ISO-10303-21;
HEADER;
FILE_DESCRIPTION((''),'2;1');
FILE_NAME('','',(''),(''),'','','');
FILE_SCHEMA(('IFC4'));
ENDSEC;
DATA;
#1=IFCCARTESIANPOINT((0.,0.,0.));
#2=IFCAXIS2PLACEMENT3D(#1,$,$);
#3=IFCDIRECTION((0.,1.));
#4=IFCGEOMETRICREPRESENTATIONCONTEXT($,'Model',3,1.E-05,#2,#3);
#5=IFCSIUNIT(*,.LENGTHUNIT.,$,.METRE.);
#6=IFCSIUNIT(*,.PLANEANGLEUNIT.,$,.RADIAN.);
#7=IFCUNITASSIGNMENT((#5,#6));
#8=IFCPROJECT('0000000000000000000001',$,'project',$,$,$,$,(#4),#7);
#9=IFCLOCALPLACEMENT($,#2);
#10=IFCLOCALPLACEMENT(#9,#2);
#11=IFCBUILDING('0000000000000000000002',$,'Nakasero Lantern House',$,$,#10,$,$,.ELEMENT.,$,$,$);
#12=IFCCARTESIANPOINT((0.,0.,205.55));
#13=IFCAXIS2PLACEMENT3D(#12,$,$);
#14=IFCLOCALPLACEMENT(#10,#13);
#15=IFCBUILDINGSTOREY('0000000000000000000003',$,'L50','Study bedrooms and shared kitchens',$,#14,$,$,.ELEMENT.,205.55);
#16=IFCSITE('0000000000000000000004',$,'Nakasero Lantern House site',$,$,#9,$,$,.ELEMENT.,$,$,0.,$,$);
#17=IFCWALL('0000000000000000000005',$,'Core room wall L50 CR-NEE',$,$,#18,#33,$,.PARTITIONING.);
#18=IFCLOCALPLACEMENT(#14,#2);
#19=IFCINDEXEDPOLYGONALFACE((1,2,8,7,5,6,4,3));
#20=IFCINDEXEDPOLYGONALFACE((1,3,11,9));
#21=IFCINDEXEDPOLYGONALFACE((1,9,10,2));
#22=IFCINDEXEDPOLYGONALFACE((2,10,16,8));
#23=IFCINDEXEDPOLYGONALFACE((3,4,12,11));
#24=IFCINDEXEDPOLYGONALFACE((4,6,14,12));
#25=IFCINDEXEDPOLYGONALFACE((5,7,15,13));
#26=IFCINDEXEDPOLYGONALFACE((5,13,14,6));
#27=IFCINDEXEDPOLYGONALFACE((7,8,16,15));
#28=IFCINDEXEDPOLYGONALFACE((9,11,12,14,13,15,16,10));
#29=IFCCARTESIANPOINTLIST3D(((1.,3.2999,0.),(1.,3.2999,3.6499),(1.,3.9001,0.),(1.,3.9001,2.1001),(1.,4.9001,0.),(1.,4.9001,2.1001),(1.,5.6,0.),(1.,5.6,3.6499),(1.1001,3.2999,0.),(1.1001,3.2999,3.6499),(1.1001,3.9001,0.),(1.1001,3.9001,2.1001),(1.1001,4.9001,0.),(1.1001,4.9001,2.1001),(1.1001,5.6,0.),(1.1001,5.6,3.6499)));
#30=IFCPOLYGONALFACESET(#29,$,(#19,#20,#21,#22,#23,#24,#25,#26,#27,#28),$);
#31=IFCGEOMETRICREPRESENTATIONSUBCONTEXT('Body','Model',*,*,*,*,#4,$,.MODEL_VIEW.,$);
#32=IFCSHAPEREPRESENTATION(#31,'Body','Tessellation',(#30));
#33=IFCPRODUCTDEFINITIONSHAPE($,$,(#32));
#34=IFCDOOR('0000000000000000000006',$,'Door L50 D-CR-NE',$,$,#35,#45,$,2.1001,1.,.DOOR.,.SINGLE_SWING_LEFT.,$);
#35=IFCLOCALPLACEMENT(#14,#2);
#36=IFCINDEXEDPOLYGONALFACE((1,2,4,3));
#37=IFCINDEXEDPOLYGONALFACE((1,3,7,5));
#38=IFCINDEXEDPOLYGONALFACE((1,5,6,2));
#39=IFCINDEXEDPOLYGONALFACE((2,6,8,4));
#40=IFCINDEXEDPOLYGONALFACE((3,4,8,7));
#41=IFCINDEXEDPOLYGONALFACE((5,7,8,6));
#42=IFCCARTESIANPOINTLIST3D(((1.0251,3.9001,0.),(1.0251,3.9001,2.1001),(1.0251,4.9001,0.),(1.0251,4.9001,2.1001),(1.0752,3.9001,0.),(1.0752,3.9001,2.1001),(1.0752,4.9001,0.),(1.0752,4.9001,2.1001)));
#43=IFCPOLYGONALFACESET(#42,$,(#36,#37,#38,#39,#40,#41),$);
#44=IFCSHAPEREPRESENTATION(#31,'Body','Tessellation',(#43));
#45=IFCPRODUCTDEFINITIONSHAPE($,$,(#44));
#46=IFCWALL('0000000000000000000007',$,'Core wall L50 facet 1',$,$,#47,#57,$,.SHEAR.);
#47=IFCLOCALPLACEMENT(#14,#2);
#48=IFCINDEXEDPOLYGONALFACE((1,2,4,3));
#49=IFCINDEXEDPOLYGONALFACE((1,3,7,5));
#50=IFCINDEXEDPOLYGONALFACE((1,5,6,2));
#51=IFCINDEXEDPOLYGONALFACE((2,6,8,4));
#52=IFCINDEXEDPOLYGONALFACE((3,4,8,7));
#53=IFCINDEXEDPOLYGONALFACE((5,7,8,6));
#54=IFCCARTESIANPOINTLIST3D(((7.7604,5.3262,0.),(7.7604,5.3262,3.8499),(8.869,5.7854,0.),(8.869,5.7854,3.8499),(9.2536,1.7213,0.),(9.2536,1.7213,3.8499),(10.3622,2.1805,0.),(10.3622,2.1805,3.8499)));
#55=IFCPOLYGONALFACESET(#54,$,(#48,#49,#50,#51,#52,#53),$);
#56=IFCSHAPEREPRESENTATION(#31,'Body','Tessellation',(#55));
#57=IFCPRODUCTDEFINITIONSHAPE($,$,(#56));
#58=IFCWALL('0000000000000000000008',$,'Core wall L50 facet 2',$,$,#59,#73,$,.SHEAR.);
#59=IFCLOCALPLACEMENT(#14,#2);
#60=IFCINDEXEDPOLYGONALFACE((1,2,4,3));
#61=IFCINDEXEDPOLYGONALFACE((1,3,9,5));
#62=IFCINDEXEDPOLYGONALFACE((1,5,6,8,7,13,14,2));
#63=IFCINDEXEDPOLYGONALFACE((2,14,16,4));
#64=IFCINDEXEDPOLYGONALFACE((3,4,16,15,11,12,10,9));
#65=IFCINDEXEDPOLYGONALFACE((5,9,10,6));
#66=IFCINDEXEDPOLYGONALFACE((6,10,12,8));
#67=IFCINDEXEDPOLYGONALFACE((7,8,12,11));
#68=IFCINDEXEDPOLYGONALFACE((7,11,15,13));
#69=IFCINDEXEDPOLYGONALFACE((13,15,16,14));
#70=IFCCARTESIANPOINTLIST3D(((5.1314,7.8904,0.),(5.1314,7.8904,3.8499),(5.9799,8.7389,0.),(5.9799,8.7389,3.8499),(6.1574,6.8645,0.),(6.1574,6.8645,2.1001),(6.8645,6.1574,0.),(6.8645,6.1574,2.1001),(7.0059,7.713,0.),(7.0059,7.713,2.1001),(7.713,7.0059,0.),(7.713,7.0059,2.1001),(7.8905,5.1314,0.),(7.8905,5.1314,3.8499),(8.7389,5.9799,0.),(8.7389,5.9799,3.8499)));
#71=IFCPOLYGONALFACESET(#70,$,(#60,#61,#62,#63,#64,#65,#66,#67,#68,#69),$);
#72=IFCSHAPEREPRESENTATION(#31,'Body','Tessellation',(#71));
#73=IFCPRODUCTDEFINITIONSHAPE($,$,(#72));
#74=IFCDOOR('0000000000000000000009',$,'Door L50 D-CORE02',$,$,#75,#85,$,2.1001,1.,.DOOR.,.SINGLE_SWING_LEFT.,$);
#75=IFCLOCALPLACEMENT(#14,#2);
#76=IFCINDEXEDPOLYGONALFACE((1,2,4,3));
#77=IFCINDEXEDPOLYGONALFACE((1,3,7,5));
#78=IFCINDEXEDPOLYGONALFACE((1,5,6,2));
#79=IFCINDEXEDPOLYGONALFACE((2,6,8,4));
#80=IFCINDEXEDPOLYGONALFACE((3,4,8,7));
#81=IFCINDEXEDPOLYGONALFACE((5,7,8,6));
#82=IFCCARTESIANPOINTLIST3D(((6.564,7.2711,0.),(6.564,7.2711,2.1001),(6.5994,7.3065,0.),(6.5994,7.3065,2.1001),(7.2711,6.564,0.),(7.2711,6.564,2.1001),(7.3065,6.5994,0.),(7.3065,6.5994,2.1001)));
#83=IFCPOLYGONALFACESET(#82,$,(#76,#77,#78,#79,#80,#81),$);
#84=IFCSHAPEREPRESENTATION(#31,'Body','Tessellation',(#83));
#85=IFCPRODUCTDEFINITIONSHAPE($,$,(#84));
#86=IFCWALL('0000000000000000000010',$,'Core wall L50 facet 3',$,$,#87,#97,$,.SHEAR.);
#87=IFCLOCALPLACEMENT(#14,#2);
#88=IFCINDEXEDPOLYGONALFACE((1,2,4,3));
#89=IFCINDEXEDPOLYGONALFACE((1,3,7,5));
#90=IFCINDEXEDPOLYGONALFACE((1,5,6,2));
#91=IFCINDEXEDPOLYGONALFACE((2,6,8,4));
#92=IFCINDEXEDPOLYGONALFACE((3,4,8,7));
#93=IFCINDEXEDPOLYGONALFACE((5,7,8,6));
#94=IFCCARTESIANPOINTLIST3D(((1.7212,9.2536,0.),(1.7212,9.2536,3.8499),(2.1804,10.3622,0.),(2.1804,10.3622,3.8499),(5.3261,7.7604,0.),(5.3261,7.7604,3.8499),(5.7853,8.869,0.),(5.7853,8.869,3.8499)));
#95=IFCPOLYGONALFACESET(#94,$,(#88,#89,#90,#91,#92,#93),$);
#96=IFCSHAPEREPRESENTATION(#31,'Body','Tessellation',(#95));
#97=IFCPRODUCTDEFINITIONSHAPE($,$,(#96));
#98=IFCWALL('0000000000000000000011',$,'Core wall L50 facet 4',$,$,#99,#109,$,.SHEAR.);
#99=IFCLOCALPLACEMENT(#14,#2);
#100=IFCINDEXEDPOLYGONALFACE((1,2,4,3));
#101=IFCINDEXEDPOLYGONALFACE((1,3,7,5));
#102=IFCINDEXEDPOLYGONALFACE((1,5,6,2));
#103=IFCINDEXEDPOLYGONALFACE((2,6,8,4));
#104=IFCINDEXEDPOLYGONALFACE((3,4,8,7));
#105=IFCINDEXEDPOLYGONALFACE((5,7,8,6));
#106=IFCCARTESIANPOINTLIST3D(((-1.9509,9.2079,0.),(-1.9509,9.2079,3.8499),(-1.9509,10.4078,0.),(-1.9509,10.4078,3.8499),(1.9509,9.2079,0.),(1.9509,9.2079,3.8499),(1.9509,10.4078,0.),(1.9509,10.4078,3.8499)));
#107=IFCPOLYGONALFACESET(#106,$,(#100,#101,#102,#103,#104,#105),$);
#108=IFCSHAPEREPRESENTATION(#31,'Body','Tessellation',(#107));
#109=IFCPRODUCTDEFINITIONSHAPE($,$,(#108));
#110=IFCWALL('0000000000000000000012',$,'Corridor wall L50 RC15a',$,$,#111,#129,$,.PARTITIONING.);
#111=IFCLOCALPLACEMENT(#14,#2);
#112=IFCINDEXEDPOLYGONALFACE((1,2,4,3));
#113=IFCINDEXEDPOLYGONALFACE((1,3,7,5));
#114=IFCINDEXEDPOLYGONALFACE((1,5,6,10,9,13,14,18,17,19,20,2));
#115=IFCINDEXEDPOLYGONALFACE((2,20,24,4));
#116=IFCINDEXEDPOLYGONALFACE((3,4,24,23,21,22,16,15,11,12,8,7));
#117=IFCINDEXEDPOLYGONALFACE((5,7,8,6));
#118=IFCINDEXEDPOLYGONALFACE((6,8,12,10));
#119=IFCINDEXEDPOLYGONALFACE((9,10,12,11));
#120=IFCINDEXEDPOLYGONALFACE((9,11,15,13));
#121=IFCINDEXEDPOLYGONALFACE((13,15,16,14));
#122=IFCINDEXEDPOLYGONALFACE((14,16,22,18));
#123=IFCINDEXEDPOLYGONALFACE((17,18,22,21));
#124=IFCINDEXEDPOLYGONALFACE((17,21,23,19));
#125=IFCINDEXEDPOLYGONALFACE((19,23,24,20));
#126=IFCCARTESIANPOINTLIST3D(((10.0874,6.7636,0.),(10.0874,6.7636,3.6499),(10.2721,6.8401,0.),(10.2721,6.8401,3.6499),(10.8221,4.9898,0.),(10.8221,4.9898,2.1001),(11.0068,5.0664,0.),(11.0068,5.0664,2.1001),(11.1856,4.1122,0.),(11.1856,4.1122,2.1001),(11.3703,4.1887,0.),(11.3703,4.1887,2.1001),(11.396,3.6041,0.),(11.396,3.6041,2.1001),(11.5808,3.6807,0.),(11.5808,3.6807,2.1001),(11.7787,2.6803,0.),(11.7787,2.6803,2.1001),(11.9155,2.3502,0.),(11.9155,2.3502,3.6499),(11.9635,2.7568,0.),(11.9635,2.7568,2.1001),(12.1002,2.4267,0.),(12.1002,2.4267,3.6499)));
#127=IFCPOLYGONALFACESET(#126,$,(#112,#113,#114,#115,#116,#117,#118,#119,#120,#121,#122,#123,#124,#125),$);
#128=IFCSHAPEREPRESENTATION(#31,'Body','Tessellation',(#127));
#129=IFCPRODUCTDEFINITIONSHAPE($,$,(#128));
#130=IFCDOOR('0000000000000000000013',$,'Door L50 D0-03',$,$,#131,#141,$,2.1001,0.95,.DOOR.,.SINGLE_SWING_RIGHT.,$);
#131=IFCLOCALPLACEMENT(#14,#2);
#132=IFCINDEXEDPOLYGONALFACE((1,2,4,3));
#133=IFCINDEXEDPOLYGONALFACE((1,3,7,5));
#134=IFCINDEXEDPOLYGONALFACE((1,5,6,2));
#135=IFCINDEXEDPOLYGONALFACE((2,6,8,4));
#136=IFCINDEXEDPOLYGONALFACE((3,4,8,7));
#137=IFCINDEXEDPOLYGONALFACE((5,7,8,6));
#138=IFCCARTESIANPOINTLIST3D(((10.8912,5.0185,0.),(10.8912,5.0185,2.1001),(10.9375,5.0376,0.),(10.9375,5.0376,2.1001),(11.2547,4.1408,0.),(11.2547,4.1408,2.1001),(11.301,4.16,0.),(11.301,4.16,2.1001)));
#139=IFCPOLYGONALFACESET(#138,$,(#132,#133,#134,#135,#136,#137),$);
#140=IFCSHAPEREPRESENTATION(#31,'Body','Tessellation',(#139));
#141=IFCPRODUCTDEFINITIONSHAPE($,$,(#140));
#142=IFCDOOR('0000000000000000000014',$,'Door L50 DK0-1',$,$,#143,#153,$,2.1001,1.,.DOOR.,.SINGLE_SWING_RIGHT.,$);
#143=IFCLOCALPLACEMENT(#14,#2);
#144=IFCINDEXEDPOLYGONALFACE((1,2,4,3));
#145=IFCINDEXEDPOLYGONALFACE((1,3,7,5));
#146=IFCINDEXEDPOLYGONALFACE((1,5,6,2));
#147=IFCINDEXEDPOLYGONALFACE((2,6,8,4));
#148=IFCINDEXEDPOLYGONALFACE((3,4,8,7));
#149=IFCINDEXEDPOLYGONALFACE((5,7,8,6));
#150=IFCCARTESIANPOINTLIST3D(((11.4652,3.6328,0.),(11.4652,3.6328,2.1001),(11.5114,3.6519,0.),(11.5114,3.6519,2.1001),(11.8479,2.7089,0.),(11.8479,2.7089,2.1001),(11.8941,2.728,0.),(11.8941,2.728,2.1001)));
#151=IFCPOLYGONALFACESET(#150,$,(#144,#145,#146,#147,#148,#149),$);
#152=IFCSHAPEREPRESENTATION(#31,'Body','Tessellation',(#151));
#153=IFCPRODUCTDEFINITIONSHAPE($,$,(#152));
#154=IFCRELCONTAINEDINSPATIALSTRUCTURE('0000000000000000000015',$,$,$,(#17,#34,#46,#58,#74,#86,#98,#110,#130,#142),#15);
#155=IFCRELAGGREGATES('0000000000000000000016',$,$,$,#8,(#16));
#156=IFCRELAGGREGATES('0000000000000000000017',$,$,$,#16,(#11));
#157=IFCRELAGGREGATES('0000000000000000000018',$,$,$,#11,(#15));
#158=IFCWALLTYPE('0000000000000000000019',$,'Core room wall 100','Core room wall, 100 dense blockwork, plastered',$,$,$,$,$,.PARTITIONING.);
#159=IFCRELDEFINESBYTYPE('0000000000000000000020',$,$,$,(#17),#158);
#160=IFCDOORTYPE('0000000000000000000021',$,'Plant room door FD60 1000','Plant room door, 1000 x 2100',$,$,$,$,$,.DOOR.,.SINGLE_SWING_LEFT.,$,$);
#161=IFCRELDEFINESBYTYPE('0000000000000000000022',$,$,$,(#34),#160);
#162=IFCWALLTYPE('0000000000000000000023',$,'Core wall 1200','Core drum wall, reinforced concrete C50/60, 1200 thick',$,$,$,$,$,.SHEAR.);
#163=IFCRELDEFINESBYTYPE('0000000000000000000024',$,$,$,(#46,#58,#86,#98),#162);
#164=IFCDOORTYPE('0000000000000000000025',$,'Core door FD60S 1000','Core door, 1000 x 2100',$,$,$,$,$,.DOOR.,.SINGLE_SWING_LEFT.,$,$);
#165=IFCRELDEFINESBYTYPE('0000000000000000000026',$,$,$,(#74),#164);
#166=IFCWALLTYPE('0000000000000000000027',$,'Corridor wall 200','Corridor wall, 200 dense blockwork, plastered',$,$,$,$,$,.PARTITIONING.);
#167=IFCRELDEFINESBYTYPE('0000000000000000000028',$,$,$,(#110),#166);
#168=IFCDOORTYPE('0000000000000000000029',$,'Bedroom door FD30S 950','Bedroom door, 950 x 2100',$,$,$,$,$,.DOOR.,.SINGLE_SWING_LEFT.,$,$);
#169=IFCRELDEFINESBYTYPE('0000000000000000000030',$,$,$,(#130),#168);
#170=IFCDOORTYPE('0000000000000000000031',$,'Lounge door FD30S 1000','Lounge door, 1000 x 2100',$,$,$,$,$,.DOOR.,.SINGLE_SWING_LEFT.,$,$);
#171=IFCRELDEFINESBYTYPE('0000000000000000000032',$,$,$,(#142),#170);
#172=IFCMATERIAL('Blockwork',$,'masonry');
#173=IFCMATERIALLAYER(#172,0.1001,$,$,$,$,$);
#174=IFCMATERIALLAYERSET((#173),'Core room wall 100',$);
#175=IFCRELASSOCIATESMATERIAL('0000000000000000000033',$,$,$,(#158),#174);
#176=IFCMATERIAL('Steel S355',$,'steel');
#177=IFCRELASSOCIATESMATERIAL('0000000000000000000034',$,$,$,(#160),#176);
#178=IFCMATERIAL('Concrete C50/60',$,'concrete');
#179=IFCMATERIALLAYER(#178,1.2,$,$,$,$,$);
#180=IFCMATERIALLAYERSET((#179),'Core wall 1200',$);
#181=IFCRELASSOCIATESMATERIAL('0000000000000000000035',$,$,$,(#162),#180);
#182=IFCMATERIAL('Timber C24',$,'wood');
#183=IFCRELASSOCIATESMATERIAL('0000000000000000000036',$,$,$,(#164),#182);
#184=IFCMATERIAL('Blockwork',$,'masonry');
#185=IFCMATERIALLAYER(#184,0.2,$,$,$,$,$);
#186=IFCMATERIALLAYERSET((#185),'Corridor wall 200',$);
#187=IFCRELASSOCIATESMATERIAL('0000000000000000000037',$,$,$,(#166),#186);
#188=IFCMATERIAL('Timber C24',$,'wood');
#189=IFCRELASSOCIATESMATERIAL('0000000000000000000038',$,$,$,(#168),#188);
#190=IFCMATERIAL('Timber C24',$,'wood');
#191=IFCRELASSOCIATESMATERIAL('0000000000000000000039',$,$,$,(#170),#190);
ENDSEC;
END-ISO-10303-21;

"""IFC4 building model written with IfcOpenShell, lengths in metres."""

from ifc_helpers import new_model, si_unit, direction, frame, frame_2d, origin, place, context, subcontext, project, spatial, rectangle, extrude, material, layer, layer_set, type_object, element, fill, save


model = new_model("IFC4")

# Units and contexts
model_context = context("Model", 3, precision=1e-05, world=origin(), true_north=direction((0.0, 1.0)))
body_context = subcontext(model_context, "Body", "Model", "MODEL_VIEW")
ifc_project = project(units=[si_unit("LENGTHUNIT", "METRE"), si_unit("PLANEANGLEUNIT", "RADIAN")], contexts=[model_context])

# Site, building, storey
site_placement = place(None, origin())
site = spatial("IfcSite", under=ifc_project, at=site_placement, Name="Nakasero Lantern House site", CompositionType="ELEMENT", RefElevation=0.0)
building_placement = place(site_placement, origin())
building = spatial("IfcBuilding", under=site, at=building_placement, Name="Nakasero Lantern House", CompositionType="ELEMENT")
storey_placement = place(building_placement, frame((0.0, 0.0, 205.55)))
storey = spatial("IfcBuildingStorey", under=building, at=storey_placement, Name="L50", Description="Study bedrooms and shared kitchens", CompositionType="ELEMENT", Elevation=205.55)

# Wall, opening, door
ifc_material_1 = material(Name="Blockwork", Category="masonry")
ifc_layer_1 = layer(ifc_material_1, 0.1001)
ifc_layer_set_1 = layer_set([ifc_layer_1], Name="Core room wall 100")
wall_type_1 = type_object("IfcWallType", Name="Core room wall 100", Description="Core room wall, 100 dense blockwork, plastered", PredefinedType="PARTITIONING", material=ifc_layer_set_1)
wall_1_placement = place(storey_placement, frame((1.05, 3.3, 0.0), z_axis=(0.0, 0.0, 1.0), x_axis=(0.0, 1.0, 0.0)))
wall_1 = element("IfcWall", 1, at=wall_1_placement, inside=storey, type_object=wall_type_1, Name="Core room wall L50 CR-NEE", PredefinedType="PARTITIONING", context=body_context, shape_type="SweptSolid", body=[
    extrude(rectangle(XDim=2.3, YDim=0.1001, at=frame_2d((1.1499, 0.0))), origin(), (0.0, 0.0, 1.0), 3.6499),
])
opening_1_placement = place(wall_1_placement, frame((0.6001, 0.0, 0.0)))
opening_1 = element("IfcOpeningElement", 2, at=opening_1_placement, cuts=wall_1, PredefinedType="OPENING", context=body_context, shape_type="SweptSolid", body=[
    extrude(rectangle(XDim=1.0, YDim=2.1001, at=frame_2d((0.5, 1.05))), frame((0.0, 0.0701, 0.0), z_axis=(0.0, -1.0, 0.0), x_axis=(1.0, 0.0, 0.0)), (0.0, 0.0, 1.0), 0.1401),
])
ifc_material_2 = material(Name="Steel S355", Category="steel")
door_type_1 = type_object("IfcDoorType", Name="Plant room door FD60 1000", Description="Plant room door, 1000 x 2100", OperationType="SINGLE_SWING_LEFT", PredefinedType="DOOR", material=ifc_material_2)
door_1_placement = place(opening_1_placement, origin())
door_1 = element("IfcDoor", 3, at=door_1_placement, inside=storey, type_object=door_type_1, Name="Door L50 D-CR-NE", OperationType="SINGLE_SWING_LEFT", OverallHeight=2.1001, OverallWidth=1.0, PredefinedType="DOOR", context=body_context, shape_type="SweptSolid", body=[
    extrude(rectangle(XDim=1.0, YDim=2.1001, at=frame_2d((0.5, 1.05))), frame((0.0, 0.0249, 0.0), z_axis=(0.0, -1.0, 0.0), x_axis=(1.0, 0.0, 0.0)), (0.0, 0.0, 1.0), 0.05),
])
fill(opening_1, door_1)

# Wall
ifc_material_3 = material(Name="Concrete C50/60", Category="concrete")
ifc_layer_2 = layer(ifc_material_3, 1.2)
ifc_layer_set_2 = layer_set([ifc_layer_2], Name="Core wall 1200")
wall_type_2 = type_object("IfcWallType", Name="Core wall 1200", Description="Core drum wall, reinforced concrete C50/60, 1200 thick", PredefinedType="SHEAR", material=ifc_layer_set_2)
wall_2_placement = place(storey_placement, frame((9.8079, 1.9509, 0.0), z_axis=(0.0, 0.0, 1.0), x_axis=(-0.382691, 0.923877, 0.0)))
element("IfcWall", 4, at=wall_2_placement, inside=storey, type_object=wall_type_2, Name="Core wall L50 facet 1", PredefinedType="SHEAR", context=body_context, shape_type="SweptSolid", body=[
    extrude(rectangle(XDim=3.9019, YDim=1.2, at=frame_2d((1.9509, 0.0))), origin(), (0.0, 0.0, 1.0), 3.8499),
])

# Wall, opening, door
wall_3_placement = place(storey_placement, frame((8.3147, 5.5557, 0.0), z_axis=(0.0, 0.0, 1.0), x_axis=(-0.707107, 0.707107, 0.0)))
wall_3 = element("IfcWall", 5, at=wall_3_placement, inside=storey, type_object=wall_type_2, Name="Core wall L50 facet 2", PredefinedType="SHEAR", context=body_context, shape_type="SweptSolid", body=[
    extrude(rectangle(XDim=3.9019, YDim=1.2, at=frame_2d((1.9509, 0.0))), origin(), (0.0, 0.0, 1.0), 3.8499),
])
opening_2_placement = place(wall_3_placement, frame((1.4509, 0.0, 0.0)))
opening_2 = element("IfcOpeningElement", 6, at=opening_2_placement, cuts=wall_3, PredefinedType="OPENING", context=body_context, shape_type="SweptSolid", body=[
    extrude(rectangle(XDim=1.0, YDim=2.1001, at=frame_2d((0.5, 1.05))), frame((0.0, 0.6199, 0.0), z_axis=(0.0, -1.0, 0.0), x_axis=(1.0, 0.0, 0.0)), (0.0, 0.0, 1.0), 1.24),
])
ifc_material_4 = material(Name="Timber C24", Category="wood")
door_type_2 = type_object("IfcDoorType", Name="Core door FD60S 1000", Description="Core door, 1000 x 2100", OperationType="SINGLE_SWING_LEFT", PredefinedType="DOOR", material=ifc_material_4)
door_2_placement = place(opening_2_placement, origin())
door_2 = element("IfcDoor", 7, at=door_2_placement, inside=storey, type_object=door_type_2, Name="Door L50 D-CORE02", OperationType="SINGLE_SWING_LEFT", OverallHeight=2.1001, OverallWidth=1.0, PredefinedType="DOOR", context=body_context, shape_type="SweptSolid", body=[
    extrude(rectangle(XDim=1.0, YDim=2.1001, at=frame_2d((0.5, 1.05))), frame((0.0, 0.0249, 0.0), z_axis=(0.0, -1.0, 0.0), x_axis=(1.0, 0.0, 0.0)), (0.0, 0.0, 1.0), 0.05),
])
fill(opening_2, door_2)

# Walls
for number, where, z_axis, x_axis, name in (
    (8, (5.5557, 8.3147, 0.0), (0.0, 0.0, 1.0), (-0.923877, 0.382691, 0.0), "Core wall L50 facet 3"),
    (9, (1.9509, 9.8079, 0.0), (0.0, 0.0, 1.0), (-1.0, 0.0, 0.0), "Core wall L50 facet 4"),
):
    element("IfcWall", number, at=place(storey_placement, frame(where, z_axis=z_axis, x_axis=x_axis)), inside=storey, type_object=wall_type_2, Name=name, PredefinedType="SHEAR", context=body_context, shape_type="SweptSolid", body=[
        extrude(rectangle(XDim=3.9019, YDim=1.2, at=frame_2d((1.9509, 0.0))), origin(), (0.0, 0.0, 1.0), 3.8499),
    ])

# Wall, openings, doors
ifc_material_5 = material(Name="Blockwork", Category="masonry")
ifc_layer_3 = layer(ifc_material_5, 0.2)
ifc_layer_set_3 = layer_set([ifc_layer_3], Name="Corridor wall 200")
wall_type_3 = type_object("IfcWallType", Name="Corridor wall 200", Description="Corridor wall, 200 dense blockwork, plastered", PredefinedType="PARTITIONING", material=ifc_layer_set_3)
wall_4_placement = place(storey_placement, frame((10.1797, 6.802, 0.0), z_axis=(0.0, 0.0, 1.0), x_axis=(0.382677, -0.923882, 0.0)))
wall_4 = element("IfcWall", 10, at=wall_4_placement, inside=storey, type_object=wall_type_3, Name="Corridor wall L50 RC15a", PredefinedType="PARTITIONING", context=body_context, shape_type="SweptSolid", body=[
    extrude(rectangle(XDim=4.7771, YDim=0.2, at=frame_2d((2.3887, 0.0))), origin(), (0.0, 0.0, 1.0), 3.6499),
])
opening_3_placement = place(wall_4_placement, frame((1.9199, 0.0, 0.0)))
opening_3 = element("IfcOpeningElement", 11, at=opening_3_placement, cuts=wall_4, PredefinedType="OPENING", context=body_context, shape_type="SweptSolid", body=[
    extrude(rectangle(XDim=0.95, YDim=2.1001, at=frame_2d((0.4751, 1.05))), frame((0.0, 0.1199, 0.0), z_axis=(0.0, -1.0, 0.0), x_axis=(1.0, 0.0, 0.0)), (0.0, 0.0, 1.0), 0.24),
])
opening_4_placement = place(wall_4_placement, frame((3.4199, 0.0, 0.0)))
opening_4 = element("IfcOpeningElement", 12, at=opening_4_placement, cuts=wall_4, PredefinedType="OPENING", context=body_context, shape_type="SweptSolid", body=[
    extrude(rectangle(XDim=1.0, YDim=2.1001, at=frame_2d((0.5, 1.05))), frame((0.0, 0.1199, 0.0), z_axis=(0.0, -1.0, 0.0), x_axis=(1.0, 0.0, 0.0)), (0.0, 0.0, 1.0), 0.24),
])
ifc_material_6 = material(Name="Timber C24", Category="wood")
door_type_3 = type_object("IfcDoorType", Name="Bedroom door FD30S 950", Description="Bedroom door, 950 x 2100", OperationType="SINGLE_SWING_LEFT", PredefinedType="DOOR", material=ifc_material_6)
door_3_placement = place(opening_3_placement, origin())
door_3 = element("IfcDoor", 13, at=door_3_placement, inside=storey, type_object=door_type_3, Name="Door L50 D0-03", OperationType="SINGLE_SWING_RIGHT", OverallHeight=2.1001, OverallWidth=0.95, PredefinedType="DOOR", context=body_context, shape_type="SweptSolid", body=[
    extrude(rectangle(XDim=0.95, YDim=2.1001, at=frame_2d((0.4751, 1.05))), frame((0.0, 0.0249, 0.0), z_axis=(0.0, -1.0, 0.0), x_axis=(1.0, 0.0, 0.0)), (0.0, 0.0, 1.0), 0.05),
])
fill(opening_3, door_3)
ifc_material_7 = material(Name="Timber C24", Category="wood")
door_type_4 = type_object("IfcDoorType", Name="Lounge door FD30S 1000", Description="Lounge door, 1000 x 2100", OperationType="SINGLE_SWING_LEFT", PredefinedType="DOOR", material=ifc_material_7)
door_4_placement = place(opening_4_placement, origin())
door_4 = element("IfcDoor", 14, at=door_4_placement, inside=storey, type_object=door_type_4, Name="Door L50 DK0-1", OperationType="SINGLE_SWING_RIGHT", OverallHeight=2.1001, OverallWidth=1.0, PredefinedType="DOOR", context=body_context, shape_type="SweptSolid", body=[
    extrude(rectangle(XDim=1.0, YDim=2.1001, at=frame_2d((0.5, 1.05))), frame((0.0, 0.0249, 0.0), z_axis=(0.0, -1.0, 0.0), x_axis=(1.0, 0.0, 0.0)), (0.0, 0.0, 1.0), 0.05),
])
fill(opening_4, door_4)

save(model, "model.ifc")
